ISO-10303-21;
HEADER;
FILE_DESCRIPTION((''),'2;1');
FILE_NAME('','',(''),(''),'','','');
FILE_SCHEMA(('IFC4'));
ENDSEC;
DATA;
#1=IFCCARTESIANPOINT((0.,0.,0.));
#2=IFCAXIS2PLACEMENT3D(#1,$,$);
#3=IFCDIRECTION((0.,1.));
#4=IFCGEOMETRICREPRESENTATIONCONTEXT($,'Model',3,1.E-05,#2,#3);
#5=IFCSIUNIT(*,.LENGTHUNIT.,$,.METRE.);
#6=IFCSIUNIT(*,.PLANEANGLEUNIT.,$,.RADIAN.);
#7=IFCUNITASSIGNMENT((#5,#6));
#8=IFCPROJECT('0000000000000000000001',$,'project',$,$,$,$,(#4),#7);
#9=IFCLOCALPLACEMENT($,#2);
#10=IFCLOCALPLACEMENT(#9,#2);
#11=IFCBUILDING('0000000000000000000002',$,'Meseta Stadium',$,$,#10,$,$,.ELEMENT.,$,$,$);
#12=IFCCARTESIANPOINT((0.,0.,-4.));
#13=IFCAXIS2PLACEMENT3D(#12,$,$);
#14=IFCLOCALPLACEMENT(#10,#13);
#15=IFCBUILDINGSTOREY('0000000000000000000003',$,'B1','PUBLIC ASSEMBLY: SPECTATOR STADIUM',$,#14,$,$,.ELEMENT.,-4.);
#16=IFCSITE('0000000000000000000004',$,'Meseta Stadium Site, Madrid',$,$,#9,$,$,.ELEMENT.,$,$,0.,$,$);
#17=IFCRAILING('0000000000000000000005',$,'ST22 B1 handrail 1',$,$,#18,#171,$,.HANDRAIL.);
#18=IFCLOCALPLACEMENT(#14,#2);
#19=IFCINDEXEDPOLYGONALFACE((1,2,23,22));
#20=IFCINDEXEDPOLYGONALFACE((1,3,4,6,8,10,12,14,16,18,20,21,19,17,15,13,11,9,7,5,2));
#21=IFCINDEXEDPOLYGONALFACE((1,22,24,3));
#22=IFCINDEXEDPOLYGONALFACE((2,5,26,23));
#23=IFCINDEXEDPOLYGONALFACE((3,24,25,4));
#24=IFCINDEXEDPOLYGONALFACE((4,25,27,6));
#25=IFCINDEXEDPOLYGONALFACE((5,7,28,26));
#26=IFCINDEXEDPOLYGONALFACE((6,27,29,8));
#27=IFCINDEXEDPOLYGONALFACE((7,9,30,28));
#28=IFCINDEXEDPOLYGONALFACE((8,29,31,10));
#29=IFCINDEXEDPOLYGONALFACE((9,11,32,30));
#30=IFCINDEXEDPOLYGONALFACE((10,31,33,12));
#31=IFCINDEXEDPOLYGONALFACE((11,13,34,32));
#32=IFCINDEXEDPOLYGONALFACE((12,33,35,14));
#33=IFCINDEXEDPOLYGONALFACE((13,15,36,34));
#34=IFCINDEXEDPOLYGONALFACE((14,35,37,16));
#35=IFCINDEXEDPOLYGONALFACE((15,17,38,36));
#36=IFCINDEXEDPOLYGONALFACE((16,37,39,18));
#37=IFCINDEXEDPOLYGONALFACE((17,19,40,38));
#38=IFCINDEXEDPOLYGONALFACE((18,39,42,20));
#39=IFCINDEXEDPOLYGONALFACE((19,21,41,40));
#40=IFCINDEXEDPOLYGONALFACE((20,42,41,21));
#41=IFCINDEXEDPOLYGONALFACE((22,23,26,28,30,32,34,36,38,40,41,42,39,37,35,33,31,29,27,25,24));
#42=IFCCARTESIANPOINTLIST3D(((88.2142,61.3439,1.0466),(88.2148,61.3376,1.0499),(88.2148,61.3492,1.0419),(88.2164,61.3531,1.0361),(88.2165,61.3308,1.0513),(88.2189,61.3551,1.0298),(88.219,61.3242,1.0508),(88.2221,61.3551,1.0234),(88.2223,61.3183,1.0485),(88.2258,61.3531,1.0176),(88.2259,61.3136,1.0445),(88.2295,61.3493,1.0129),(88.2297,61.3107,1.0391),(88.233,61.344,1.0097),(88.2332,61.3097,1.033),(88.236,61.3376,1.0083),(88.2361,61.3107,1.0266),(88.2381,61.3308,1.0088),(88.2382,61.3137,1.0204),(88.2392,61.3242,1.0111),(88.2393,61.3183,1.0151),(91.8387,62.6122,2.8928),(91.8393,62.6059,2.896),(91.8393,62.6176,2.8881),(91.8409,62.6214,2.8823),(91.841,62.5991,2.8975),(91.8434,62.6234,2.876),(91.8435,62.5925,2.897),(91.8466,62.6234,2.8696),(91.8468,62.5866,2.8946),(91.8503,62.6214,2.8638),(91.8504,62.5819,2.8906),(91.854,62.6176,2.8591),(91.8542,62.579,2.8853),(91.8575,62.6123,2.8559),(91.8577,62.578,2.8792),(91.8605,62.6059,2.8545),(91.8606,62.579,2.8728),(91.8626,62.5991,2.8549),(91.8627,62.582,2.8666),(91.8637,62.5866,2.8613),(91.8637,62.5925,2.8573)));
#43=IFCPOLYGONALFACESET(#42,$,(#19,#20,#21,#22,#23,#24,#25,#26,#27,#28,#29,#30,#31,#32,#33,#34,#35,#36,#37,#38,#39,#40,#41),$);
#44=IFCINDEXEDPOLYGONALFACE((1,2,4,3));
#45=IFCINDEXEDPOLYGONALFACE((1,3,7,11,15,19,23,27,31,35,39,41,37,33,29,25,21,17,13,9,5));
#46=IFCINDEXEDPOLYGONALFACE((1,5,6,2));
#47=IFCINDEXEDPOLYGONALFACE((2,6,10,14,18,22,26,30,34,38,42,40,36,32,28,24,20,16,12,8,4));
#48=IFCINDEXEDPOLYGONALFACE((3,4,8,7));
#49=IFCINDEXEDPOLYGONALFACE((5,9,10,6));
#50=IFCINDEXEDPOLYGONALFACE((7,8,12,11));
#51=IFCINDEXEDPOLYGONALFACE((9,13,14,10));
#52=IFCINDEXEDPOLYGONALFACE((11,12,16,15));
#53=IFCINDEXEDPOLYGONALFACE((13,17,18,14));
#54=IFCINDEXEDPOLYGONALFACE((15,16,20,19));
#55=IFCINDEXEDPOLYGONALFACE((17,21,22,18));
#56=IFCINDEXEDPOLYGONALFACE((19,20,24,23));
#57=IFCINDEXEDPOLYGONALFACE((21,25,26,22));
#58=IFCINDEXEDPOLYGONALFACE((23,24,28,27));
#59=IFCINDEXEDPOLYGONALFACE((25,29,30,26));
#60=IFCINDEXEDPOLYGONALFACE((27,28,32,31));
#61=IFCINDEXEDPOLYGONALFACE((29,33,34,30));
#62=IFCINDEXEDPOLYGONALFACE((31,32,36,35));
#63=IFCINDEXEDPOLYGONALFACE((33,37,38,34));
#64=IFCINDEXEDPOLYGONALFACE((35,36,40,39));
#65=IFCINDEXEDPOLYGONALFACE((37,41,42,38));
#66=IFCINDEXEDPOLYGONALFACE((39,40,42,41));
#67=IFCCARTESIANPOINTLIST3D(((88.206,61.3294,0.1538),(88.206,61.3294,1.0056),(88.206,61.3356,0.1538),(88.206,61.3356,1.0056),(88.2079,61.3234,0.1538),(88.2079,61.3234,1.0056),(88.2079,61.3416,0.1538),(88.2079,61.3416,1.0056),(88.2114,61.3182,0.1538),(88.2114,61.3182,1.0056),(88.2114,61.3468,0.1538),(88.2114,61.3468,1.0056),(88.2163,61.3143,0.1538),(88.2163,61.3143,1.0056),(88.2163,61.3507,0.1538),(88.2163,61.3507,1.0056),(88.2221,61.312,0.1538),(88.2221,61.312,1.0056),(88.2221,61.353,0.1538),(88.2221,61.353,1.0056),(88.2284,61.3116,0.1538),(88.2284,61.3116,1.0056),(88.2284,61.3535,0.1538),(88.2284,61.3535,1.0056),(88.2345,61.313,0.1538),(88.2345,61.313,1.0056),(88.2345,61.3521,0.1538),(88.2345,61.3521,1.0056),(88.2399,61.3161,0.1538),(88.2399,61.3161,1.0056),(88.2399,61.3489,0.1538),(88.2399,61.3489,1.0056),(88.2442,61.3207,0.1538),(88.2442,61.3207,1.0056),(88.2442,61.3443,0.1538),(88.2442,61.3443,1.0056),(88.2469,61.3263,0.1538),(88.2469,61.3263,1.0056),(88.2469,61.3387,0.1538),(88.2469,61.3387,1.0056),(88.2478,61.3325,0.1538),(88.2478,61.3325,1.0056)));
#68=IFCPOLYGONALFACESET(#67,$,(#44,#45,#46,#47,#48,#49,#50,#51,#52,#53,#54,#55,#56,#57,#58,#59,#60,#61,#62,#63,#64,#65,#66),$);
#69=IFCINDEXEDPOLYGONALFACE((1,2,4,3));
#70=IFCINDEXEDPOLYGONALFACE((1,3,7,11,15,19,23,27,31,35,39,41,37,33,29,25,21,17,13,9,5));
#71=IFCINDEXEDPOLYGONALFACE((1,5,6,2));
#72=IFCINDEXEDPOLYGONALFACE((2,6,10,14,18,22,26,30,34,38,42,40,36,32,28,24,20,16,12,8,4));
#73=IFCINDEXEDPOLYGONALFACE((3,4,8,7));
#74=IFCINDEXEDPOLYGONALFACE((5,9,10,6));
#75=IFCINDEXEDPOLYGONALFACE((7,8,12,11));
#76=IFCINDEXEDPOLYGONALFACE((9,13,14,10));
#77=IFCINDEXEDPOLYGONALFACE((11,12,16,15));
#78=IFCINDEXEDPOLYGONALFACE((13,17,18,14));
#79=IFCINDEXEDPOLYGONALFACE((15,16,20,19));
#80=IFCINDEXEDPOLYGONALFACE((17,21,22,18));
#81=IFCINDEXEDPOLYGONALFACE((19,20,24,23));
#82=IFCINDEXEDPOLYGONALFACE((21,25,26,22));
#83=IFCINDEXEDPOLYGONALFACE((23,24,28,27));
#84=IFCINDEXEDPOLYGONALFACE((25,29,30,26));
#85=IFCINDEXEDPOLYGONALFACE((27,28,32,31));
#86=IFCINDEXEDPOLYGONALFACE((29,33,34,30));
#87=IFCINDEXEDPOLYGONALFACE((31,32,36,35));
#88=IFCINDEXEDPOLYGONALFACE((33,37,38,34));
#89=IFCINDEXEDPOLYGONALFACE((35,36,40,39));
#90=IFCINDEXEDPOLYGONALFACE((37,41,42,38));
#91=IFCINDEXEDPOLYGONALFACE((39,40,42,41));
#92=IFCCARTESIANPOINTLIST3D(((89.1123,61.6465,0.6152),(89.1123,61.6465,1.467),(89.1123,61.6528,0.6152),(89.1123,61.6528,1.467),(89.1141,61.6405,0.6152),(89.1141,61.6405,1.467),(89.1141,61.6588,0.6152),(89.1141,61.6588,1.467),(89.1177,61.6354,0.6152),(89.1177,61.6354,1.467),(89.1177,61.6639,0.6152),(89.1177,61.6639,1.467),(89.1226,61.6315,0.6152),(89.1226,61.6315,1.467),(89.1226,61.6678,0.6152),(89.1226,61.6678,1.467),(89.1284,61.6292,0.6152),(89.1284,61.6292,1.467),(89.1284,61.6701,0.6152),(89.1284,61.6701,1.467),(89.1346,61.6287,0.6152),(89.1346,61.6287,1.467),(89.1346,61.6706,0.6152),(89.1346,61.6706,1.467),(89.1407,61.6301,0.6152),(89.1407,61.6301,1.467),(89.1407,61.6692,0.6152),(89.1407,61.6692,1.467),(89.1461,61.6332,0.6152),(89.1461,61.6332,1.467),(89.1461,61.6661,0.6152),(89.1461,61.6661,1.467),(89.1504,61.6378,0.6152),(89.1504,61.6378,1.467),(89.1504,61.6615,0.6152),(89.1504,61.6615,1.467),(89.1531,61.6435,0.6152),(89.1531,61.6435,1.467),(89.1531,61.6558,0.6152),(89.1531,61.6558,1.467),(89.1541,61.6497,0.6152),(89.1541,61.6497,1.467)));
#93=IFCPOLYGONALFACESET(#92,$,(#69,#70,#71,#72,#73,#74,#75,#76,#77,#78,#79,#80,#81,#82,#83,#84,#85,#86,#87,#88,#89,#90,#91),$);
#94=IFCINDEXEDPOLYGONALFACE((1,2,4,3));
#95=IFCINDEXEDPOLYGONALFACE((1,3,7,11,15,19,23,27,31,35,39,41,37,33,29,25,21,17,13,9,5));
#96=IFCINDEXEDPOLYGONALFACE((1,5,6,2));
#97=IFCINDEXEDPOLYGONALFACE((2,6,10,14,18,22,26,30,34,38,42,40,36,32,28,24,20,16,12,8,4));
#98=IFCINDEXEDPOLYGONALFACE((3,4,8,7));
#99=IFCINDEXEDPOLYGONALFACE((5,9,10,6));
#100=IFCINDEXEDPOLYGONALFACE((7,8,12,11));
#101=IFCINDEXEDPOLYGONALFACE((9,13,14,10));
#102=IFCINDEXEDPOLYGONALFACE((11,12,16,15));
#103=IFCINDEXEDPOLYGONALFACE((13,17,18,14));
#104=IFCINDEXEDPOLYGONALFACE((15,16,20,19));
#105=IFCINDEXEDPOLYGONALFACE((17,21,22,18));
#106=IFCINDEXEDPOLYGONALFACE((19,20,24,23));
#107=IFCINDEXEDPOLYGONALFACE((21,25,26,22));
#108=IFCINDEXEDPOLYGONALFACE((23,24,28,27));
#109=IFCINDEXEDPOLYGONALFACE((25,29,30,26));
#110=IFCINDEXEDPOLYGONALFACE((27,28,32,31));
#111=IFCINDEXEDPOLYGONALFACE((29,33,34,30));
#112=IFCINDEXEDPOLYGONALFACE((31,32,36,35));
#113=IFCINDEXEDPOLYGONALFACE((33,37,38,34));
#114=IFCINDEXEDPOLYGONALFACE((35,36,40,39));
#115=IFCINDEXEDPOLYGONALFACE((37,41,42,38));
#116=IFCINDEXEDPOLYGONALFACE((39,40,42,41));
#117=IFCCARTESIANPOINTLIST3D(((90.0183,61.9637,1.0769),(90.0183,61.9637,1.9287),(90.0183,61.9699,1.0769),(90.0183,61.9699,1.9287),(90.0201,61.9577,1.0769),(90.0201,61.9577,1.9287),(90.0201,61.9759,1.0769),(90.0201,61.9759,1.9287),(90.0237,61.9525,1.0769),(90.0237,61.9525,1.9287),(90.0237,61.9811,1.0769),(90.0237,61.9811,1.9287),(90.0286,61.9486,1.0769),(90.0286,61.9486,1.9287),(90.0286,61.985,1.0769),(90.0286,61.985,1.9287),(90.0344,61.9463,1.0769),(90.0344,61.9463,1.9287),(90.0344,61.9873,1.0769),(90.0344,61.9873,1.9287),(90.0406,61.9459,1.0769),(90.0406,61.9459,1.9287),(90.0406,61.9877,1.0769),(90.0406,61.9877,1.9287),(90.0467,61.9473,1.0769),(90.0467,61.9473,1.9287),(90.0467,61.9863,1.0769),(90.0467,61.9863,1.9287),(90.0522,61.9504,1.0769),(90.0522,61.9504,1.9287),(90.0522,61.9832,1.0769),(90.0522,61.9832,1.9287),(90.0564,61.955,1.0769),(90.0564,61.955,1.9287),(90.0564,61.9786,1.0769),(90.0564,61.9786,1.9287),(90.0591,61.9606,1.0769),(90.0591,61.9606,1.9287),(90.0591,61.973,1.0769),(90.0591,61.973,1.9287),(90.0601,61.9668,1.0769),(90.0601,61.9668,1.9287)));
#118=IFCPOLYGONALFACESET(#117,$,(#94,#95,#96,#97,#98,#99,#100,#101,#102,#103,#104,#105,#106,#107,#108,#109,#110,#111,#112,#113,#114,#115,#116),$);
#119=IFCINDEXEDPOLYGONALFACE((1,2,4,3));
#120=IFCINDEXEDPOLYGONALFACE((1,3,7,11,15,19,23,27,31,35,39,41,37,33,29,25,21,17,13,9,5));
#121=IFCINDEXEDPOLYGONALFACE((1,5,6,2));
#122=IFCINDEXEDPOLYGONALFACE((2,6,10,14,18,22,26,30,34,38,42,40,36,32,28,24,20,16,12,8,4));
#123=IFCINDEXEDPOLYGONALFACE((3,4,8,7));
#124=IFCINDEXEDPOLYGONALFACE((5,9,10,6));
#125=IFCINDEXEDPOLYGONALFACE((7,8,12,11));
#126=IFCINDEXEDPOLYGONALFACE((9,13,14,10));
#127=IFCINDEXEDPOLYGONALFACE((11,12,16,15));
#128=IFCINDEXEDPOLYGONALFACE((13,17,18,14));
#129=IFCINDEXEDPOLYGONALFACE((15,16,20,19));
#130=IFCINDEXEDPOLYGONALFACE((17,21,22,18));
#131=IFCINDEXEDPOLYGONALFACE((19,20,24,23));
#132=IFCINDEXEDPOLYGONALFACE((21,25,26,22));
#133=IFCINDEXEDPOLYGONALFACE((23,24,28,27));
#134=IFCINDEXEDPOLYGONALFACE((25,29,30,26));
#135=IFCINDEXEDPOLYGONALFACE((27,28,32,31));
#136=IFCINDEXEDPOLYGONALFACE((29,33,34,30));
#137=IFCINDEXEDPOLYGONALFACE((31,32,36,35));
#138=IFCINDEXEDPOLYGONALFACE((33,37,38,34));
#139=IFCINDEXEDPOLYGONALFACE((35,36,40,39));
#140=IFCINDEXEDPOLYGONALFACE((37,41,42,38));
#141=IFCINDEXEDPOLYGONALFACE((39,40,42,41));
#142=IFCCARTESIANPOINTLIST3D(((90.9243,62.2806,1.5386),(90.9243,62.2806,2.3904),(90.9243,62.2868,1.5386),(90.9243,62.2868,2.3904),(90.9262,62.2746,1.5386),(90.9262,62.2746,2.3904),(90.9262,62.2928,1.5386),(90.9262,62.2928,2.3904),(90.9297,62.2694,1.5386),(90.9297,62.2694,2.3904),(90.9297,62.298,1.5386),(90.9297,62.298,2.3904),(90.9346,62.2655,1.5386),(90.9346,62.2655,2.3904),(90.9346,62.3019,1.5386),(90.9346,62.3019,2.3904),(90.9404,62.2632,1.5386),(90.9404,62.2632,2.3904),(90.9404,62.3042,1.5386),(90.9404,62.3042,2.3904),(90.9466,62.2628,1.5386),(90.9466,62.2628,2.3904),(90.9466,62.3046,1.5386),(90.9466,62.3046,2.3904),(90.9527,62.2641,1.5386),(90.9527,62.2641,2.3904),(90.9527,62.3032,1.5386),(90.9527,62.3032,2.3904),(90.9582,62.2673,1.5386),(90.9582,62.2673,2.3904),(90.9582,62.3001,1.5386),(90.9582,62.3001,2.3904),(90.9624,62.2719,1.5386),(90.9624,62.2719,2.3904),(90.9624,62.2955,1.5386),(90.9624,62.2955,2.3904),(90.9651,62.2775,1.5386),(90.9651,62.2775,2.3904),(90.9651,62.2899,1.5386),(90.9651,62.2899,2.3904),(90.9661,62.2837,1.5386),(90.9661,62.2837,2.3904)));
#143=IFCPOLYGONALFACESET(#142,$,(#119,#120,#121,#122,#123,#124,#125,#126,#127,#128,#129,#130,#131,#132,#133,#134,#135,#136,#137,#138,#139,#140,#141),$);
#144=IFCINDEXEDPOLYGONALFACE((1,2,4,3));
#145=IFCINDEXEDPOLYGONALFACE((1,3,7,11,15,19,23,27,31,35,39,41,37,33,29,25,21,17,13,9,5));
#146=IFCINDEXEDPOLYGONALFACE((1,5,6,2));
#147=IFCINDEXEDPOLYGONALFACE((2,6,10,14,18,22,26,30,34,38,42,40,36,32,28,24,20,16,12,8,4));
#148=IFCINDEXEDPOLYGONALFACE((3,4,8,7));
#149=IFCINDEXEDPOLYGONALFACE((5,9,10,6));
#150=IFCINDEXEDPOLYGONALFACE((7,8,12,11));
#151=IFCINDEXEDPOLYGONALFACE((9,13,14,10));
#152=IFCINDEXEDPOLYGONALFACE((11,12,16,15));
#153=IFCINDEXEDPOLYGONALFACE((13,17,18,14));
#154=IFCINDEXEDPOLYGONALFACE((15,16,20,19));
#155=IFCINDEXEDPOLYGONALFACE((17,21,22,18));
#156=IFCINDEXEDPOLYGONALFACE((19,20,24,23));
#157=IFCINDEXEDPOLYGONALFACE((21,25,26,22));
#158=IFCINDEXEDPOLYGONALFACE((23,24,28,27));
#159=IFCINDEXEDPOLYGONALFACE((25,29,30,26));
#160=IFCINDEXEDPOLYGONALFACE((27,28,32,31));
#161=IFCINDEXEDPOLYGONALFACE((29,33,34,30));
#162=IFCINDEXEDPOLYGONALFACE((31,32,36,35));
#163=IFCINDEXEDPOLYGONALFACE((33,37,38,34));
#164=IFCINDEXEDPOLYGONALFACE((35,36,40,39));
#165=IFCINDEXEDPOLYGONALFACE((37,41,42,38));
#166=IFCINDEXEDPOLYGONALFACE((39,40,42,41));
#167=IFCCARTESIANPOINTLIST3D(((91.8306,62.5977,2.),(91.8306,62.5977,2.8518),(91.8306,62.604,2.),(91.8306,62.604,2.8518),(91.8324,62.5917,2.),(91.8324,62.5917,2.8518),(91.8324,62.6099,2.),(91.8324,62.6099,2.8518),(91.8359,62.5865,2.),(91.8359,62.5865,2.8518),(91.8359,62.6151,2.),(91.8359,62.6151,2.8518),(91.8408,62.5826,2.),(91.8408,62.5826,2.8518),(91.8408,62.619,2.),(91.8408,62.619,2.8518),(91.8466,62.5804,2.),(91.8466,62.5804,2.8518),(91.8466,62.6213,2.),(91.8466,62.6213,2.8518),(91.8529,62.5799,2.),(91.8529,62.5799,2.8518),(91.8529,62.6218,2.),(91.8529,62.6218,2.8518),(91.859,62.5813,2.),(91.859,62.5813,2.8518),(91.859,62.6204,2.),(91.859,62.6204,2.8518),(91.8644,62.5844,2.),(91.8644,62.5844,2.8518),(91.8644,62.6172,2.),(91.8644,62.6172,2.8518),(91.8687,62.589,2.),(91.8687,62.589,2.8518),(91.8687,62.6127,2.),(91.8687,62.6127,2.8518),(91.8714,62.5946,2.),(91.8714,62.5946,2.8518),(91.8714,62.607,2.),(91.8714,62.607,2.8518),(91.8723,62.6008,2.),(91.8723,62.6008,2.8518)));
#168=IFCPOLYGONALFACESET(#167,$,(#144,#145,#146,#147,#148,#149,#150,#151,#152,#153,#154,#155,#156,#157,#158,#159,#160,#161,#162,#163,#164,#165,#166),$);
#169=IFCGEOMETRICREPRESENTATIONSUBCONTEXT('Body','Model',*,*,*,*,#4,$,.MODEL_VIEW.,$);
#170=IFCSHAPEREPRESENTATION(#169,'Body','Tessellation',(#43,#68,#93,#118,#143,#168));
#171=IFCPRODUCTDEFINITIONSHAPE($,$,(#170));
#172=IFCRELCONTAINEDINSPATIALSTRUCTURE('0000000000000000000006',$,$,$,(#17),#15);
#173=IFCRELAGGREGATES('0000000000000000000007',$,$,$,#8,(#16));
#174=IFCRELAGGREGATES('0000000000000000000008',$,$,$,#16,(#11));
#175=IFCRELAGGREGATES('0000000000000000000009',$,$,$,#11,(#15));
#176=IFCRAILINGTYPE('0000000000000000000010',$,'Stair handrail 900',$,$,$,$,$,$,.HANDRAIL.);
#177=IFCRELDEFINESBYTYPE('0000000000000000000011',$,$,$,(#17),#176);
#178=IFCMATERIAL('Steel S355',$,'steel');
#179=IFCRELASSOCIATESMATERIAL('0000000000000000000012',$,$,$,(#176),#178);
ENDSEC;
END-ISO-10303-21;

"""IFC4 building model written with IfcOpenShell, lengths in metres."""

from ifc_helpers import new_model, si_unit, direction, frame, origin, origin_2d, place, context, subcontext, project, spatial, circle, extrude, material, type_object, element, save


model = new_model("IFC4")

# Units and contexts
model_context = context("Model", 3, precision=1e-05, world=origin(), true_north=direction((0.0, 1.0)))
body_context = subcontext(model_context, "Body", "Model", "MODEL_VIEW")
ifc_project = project(units=[si_unit("LENGTHUNIT", "METRE"), si_unit("PLANEANGLEUNIT", "RADIAN")], contexts=[model_context])

# Site, building, storey
site_placement = place(None, origin())
site = spatial("IfcSite", under=ifc_project, at=site_placement, Name="Meseta Stadium Site, Madrid", CompositionType="ELEMENT", RefElevation=0.0)
building_placement = place(site_placement, origin())
building = spatial("IfcBuilding", under=site, at=building_placement, Name="Meseta Stadium", CompositionType="ELEMENT")
storey_placement = place(building_placement, frame((0.0, 0.0, -4.0)))
storey = spatial("IfcBuildingStorey", under=building, at=storey_placement, Name="B1", Description="PUBLIC ASSEMBLY: SPECTATOR STADIUM", CompositionType="ELEMENT", Elevation=-4.0)

# Railing
ifc_material_1 = material(Name="Steel S355", Category="steel")
railing_type_1 = type_object("IfcRailingType", Name="Stair handrail 900", PredefinedType="HANDRAIL", material=ifc_material_1)
for number, where, name in (
    (1, (88.2268, 61.3325, 0.1538), "ST22 B1 handrail 1"),
):
    element("IfcRailing", number, at=place(storey_placement, frame(where)), inside=storey, type_object=railing_type_1, Name=name, PredefinedType="HANDRAIL", context=body_context, shape_type="SweptSolid", body=[
        extrude(circle(Radius=0.0239, at=origin_2d()), frame((0.0, 0.0, 0.876), z_axis=(0.850672, 0.297672, 0.4333), x_axis=(-0.330288, 0.94388, 0.0)), (0.0, 0.0, 1.0), 4.2607),
        extrude(circle(Radius=0.021, at=origin_2d()), origin(), (0.0, 0.0, 1.0), 0.8518),
        extrude(circle(Radius=0.021, at=origin_2d()), frame((0.9062, 0.3171, 0.4614)), (0.0, 0.0, 1.0), 0.8518),
        extrude(circle(Radius=0.021, at=origin_2d()), frame((1.8123, 0.6343, 0.9231)), (0.0, 0.0, 1.0), 0.8518),
        extrude(circle(Radius=0.021, at=origin_2d()), frame((2.7183, 0.9512, 1.3848)), (0.0, 0.0, 1.0), 0.8518),
        extrude(circle(Radius=0.021, at=origin_2d()), frame((3.6245, 1.2683, 1.8462)), (0.0, 0.0, 1.0), 0.8518),
    ])

save(model, "model.ifc")
